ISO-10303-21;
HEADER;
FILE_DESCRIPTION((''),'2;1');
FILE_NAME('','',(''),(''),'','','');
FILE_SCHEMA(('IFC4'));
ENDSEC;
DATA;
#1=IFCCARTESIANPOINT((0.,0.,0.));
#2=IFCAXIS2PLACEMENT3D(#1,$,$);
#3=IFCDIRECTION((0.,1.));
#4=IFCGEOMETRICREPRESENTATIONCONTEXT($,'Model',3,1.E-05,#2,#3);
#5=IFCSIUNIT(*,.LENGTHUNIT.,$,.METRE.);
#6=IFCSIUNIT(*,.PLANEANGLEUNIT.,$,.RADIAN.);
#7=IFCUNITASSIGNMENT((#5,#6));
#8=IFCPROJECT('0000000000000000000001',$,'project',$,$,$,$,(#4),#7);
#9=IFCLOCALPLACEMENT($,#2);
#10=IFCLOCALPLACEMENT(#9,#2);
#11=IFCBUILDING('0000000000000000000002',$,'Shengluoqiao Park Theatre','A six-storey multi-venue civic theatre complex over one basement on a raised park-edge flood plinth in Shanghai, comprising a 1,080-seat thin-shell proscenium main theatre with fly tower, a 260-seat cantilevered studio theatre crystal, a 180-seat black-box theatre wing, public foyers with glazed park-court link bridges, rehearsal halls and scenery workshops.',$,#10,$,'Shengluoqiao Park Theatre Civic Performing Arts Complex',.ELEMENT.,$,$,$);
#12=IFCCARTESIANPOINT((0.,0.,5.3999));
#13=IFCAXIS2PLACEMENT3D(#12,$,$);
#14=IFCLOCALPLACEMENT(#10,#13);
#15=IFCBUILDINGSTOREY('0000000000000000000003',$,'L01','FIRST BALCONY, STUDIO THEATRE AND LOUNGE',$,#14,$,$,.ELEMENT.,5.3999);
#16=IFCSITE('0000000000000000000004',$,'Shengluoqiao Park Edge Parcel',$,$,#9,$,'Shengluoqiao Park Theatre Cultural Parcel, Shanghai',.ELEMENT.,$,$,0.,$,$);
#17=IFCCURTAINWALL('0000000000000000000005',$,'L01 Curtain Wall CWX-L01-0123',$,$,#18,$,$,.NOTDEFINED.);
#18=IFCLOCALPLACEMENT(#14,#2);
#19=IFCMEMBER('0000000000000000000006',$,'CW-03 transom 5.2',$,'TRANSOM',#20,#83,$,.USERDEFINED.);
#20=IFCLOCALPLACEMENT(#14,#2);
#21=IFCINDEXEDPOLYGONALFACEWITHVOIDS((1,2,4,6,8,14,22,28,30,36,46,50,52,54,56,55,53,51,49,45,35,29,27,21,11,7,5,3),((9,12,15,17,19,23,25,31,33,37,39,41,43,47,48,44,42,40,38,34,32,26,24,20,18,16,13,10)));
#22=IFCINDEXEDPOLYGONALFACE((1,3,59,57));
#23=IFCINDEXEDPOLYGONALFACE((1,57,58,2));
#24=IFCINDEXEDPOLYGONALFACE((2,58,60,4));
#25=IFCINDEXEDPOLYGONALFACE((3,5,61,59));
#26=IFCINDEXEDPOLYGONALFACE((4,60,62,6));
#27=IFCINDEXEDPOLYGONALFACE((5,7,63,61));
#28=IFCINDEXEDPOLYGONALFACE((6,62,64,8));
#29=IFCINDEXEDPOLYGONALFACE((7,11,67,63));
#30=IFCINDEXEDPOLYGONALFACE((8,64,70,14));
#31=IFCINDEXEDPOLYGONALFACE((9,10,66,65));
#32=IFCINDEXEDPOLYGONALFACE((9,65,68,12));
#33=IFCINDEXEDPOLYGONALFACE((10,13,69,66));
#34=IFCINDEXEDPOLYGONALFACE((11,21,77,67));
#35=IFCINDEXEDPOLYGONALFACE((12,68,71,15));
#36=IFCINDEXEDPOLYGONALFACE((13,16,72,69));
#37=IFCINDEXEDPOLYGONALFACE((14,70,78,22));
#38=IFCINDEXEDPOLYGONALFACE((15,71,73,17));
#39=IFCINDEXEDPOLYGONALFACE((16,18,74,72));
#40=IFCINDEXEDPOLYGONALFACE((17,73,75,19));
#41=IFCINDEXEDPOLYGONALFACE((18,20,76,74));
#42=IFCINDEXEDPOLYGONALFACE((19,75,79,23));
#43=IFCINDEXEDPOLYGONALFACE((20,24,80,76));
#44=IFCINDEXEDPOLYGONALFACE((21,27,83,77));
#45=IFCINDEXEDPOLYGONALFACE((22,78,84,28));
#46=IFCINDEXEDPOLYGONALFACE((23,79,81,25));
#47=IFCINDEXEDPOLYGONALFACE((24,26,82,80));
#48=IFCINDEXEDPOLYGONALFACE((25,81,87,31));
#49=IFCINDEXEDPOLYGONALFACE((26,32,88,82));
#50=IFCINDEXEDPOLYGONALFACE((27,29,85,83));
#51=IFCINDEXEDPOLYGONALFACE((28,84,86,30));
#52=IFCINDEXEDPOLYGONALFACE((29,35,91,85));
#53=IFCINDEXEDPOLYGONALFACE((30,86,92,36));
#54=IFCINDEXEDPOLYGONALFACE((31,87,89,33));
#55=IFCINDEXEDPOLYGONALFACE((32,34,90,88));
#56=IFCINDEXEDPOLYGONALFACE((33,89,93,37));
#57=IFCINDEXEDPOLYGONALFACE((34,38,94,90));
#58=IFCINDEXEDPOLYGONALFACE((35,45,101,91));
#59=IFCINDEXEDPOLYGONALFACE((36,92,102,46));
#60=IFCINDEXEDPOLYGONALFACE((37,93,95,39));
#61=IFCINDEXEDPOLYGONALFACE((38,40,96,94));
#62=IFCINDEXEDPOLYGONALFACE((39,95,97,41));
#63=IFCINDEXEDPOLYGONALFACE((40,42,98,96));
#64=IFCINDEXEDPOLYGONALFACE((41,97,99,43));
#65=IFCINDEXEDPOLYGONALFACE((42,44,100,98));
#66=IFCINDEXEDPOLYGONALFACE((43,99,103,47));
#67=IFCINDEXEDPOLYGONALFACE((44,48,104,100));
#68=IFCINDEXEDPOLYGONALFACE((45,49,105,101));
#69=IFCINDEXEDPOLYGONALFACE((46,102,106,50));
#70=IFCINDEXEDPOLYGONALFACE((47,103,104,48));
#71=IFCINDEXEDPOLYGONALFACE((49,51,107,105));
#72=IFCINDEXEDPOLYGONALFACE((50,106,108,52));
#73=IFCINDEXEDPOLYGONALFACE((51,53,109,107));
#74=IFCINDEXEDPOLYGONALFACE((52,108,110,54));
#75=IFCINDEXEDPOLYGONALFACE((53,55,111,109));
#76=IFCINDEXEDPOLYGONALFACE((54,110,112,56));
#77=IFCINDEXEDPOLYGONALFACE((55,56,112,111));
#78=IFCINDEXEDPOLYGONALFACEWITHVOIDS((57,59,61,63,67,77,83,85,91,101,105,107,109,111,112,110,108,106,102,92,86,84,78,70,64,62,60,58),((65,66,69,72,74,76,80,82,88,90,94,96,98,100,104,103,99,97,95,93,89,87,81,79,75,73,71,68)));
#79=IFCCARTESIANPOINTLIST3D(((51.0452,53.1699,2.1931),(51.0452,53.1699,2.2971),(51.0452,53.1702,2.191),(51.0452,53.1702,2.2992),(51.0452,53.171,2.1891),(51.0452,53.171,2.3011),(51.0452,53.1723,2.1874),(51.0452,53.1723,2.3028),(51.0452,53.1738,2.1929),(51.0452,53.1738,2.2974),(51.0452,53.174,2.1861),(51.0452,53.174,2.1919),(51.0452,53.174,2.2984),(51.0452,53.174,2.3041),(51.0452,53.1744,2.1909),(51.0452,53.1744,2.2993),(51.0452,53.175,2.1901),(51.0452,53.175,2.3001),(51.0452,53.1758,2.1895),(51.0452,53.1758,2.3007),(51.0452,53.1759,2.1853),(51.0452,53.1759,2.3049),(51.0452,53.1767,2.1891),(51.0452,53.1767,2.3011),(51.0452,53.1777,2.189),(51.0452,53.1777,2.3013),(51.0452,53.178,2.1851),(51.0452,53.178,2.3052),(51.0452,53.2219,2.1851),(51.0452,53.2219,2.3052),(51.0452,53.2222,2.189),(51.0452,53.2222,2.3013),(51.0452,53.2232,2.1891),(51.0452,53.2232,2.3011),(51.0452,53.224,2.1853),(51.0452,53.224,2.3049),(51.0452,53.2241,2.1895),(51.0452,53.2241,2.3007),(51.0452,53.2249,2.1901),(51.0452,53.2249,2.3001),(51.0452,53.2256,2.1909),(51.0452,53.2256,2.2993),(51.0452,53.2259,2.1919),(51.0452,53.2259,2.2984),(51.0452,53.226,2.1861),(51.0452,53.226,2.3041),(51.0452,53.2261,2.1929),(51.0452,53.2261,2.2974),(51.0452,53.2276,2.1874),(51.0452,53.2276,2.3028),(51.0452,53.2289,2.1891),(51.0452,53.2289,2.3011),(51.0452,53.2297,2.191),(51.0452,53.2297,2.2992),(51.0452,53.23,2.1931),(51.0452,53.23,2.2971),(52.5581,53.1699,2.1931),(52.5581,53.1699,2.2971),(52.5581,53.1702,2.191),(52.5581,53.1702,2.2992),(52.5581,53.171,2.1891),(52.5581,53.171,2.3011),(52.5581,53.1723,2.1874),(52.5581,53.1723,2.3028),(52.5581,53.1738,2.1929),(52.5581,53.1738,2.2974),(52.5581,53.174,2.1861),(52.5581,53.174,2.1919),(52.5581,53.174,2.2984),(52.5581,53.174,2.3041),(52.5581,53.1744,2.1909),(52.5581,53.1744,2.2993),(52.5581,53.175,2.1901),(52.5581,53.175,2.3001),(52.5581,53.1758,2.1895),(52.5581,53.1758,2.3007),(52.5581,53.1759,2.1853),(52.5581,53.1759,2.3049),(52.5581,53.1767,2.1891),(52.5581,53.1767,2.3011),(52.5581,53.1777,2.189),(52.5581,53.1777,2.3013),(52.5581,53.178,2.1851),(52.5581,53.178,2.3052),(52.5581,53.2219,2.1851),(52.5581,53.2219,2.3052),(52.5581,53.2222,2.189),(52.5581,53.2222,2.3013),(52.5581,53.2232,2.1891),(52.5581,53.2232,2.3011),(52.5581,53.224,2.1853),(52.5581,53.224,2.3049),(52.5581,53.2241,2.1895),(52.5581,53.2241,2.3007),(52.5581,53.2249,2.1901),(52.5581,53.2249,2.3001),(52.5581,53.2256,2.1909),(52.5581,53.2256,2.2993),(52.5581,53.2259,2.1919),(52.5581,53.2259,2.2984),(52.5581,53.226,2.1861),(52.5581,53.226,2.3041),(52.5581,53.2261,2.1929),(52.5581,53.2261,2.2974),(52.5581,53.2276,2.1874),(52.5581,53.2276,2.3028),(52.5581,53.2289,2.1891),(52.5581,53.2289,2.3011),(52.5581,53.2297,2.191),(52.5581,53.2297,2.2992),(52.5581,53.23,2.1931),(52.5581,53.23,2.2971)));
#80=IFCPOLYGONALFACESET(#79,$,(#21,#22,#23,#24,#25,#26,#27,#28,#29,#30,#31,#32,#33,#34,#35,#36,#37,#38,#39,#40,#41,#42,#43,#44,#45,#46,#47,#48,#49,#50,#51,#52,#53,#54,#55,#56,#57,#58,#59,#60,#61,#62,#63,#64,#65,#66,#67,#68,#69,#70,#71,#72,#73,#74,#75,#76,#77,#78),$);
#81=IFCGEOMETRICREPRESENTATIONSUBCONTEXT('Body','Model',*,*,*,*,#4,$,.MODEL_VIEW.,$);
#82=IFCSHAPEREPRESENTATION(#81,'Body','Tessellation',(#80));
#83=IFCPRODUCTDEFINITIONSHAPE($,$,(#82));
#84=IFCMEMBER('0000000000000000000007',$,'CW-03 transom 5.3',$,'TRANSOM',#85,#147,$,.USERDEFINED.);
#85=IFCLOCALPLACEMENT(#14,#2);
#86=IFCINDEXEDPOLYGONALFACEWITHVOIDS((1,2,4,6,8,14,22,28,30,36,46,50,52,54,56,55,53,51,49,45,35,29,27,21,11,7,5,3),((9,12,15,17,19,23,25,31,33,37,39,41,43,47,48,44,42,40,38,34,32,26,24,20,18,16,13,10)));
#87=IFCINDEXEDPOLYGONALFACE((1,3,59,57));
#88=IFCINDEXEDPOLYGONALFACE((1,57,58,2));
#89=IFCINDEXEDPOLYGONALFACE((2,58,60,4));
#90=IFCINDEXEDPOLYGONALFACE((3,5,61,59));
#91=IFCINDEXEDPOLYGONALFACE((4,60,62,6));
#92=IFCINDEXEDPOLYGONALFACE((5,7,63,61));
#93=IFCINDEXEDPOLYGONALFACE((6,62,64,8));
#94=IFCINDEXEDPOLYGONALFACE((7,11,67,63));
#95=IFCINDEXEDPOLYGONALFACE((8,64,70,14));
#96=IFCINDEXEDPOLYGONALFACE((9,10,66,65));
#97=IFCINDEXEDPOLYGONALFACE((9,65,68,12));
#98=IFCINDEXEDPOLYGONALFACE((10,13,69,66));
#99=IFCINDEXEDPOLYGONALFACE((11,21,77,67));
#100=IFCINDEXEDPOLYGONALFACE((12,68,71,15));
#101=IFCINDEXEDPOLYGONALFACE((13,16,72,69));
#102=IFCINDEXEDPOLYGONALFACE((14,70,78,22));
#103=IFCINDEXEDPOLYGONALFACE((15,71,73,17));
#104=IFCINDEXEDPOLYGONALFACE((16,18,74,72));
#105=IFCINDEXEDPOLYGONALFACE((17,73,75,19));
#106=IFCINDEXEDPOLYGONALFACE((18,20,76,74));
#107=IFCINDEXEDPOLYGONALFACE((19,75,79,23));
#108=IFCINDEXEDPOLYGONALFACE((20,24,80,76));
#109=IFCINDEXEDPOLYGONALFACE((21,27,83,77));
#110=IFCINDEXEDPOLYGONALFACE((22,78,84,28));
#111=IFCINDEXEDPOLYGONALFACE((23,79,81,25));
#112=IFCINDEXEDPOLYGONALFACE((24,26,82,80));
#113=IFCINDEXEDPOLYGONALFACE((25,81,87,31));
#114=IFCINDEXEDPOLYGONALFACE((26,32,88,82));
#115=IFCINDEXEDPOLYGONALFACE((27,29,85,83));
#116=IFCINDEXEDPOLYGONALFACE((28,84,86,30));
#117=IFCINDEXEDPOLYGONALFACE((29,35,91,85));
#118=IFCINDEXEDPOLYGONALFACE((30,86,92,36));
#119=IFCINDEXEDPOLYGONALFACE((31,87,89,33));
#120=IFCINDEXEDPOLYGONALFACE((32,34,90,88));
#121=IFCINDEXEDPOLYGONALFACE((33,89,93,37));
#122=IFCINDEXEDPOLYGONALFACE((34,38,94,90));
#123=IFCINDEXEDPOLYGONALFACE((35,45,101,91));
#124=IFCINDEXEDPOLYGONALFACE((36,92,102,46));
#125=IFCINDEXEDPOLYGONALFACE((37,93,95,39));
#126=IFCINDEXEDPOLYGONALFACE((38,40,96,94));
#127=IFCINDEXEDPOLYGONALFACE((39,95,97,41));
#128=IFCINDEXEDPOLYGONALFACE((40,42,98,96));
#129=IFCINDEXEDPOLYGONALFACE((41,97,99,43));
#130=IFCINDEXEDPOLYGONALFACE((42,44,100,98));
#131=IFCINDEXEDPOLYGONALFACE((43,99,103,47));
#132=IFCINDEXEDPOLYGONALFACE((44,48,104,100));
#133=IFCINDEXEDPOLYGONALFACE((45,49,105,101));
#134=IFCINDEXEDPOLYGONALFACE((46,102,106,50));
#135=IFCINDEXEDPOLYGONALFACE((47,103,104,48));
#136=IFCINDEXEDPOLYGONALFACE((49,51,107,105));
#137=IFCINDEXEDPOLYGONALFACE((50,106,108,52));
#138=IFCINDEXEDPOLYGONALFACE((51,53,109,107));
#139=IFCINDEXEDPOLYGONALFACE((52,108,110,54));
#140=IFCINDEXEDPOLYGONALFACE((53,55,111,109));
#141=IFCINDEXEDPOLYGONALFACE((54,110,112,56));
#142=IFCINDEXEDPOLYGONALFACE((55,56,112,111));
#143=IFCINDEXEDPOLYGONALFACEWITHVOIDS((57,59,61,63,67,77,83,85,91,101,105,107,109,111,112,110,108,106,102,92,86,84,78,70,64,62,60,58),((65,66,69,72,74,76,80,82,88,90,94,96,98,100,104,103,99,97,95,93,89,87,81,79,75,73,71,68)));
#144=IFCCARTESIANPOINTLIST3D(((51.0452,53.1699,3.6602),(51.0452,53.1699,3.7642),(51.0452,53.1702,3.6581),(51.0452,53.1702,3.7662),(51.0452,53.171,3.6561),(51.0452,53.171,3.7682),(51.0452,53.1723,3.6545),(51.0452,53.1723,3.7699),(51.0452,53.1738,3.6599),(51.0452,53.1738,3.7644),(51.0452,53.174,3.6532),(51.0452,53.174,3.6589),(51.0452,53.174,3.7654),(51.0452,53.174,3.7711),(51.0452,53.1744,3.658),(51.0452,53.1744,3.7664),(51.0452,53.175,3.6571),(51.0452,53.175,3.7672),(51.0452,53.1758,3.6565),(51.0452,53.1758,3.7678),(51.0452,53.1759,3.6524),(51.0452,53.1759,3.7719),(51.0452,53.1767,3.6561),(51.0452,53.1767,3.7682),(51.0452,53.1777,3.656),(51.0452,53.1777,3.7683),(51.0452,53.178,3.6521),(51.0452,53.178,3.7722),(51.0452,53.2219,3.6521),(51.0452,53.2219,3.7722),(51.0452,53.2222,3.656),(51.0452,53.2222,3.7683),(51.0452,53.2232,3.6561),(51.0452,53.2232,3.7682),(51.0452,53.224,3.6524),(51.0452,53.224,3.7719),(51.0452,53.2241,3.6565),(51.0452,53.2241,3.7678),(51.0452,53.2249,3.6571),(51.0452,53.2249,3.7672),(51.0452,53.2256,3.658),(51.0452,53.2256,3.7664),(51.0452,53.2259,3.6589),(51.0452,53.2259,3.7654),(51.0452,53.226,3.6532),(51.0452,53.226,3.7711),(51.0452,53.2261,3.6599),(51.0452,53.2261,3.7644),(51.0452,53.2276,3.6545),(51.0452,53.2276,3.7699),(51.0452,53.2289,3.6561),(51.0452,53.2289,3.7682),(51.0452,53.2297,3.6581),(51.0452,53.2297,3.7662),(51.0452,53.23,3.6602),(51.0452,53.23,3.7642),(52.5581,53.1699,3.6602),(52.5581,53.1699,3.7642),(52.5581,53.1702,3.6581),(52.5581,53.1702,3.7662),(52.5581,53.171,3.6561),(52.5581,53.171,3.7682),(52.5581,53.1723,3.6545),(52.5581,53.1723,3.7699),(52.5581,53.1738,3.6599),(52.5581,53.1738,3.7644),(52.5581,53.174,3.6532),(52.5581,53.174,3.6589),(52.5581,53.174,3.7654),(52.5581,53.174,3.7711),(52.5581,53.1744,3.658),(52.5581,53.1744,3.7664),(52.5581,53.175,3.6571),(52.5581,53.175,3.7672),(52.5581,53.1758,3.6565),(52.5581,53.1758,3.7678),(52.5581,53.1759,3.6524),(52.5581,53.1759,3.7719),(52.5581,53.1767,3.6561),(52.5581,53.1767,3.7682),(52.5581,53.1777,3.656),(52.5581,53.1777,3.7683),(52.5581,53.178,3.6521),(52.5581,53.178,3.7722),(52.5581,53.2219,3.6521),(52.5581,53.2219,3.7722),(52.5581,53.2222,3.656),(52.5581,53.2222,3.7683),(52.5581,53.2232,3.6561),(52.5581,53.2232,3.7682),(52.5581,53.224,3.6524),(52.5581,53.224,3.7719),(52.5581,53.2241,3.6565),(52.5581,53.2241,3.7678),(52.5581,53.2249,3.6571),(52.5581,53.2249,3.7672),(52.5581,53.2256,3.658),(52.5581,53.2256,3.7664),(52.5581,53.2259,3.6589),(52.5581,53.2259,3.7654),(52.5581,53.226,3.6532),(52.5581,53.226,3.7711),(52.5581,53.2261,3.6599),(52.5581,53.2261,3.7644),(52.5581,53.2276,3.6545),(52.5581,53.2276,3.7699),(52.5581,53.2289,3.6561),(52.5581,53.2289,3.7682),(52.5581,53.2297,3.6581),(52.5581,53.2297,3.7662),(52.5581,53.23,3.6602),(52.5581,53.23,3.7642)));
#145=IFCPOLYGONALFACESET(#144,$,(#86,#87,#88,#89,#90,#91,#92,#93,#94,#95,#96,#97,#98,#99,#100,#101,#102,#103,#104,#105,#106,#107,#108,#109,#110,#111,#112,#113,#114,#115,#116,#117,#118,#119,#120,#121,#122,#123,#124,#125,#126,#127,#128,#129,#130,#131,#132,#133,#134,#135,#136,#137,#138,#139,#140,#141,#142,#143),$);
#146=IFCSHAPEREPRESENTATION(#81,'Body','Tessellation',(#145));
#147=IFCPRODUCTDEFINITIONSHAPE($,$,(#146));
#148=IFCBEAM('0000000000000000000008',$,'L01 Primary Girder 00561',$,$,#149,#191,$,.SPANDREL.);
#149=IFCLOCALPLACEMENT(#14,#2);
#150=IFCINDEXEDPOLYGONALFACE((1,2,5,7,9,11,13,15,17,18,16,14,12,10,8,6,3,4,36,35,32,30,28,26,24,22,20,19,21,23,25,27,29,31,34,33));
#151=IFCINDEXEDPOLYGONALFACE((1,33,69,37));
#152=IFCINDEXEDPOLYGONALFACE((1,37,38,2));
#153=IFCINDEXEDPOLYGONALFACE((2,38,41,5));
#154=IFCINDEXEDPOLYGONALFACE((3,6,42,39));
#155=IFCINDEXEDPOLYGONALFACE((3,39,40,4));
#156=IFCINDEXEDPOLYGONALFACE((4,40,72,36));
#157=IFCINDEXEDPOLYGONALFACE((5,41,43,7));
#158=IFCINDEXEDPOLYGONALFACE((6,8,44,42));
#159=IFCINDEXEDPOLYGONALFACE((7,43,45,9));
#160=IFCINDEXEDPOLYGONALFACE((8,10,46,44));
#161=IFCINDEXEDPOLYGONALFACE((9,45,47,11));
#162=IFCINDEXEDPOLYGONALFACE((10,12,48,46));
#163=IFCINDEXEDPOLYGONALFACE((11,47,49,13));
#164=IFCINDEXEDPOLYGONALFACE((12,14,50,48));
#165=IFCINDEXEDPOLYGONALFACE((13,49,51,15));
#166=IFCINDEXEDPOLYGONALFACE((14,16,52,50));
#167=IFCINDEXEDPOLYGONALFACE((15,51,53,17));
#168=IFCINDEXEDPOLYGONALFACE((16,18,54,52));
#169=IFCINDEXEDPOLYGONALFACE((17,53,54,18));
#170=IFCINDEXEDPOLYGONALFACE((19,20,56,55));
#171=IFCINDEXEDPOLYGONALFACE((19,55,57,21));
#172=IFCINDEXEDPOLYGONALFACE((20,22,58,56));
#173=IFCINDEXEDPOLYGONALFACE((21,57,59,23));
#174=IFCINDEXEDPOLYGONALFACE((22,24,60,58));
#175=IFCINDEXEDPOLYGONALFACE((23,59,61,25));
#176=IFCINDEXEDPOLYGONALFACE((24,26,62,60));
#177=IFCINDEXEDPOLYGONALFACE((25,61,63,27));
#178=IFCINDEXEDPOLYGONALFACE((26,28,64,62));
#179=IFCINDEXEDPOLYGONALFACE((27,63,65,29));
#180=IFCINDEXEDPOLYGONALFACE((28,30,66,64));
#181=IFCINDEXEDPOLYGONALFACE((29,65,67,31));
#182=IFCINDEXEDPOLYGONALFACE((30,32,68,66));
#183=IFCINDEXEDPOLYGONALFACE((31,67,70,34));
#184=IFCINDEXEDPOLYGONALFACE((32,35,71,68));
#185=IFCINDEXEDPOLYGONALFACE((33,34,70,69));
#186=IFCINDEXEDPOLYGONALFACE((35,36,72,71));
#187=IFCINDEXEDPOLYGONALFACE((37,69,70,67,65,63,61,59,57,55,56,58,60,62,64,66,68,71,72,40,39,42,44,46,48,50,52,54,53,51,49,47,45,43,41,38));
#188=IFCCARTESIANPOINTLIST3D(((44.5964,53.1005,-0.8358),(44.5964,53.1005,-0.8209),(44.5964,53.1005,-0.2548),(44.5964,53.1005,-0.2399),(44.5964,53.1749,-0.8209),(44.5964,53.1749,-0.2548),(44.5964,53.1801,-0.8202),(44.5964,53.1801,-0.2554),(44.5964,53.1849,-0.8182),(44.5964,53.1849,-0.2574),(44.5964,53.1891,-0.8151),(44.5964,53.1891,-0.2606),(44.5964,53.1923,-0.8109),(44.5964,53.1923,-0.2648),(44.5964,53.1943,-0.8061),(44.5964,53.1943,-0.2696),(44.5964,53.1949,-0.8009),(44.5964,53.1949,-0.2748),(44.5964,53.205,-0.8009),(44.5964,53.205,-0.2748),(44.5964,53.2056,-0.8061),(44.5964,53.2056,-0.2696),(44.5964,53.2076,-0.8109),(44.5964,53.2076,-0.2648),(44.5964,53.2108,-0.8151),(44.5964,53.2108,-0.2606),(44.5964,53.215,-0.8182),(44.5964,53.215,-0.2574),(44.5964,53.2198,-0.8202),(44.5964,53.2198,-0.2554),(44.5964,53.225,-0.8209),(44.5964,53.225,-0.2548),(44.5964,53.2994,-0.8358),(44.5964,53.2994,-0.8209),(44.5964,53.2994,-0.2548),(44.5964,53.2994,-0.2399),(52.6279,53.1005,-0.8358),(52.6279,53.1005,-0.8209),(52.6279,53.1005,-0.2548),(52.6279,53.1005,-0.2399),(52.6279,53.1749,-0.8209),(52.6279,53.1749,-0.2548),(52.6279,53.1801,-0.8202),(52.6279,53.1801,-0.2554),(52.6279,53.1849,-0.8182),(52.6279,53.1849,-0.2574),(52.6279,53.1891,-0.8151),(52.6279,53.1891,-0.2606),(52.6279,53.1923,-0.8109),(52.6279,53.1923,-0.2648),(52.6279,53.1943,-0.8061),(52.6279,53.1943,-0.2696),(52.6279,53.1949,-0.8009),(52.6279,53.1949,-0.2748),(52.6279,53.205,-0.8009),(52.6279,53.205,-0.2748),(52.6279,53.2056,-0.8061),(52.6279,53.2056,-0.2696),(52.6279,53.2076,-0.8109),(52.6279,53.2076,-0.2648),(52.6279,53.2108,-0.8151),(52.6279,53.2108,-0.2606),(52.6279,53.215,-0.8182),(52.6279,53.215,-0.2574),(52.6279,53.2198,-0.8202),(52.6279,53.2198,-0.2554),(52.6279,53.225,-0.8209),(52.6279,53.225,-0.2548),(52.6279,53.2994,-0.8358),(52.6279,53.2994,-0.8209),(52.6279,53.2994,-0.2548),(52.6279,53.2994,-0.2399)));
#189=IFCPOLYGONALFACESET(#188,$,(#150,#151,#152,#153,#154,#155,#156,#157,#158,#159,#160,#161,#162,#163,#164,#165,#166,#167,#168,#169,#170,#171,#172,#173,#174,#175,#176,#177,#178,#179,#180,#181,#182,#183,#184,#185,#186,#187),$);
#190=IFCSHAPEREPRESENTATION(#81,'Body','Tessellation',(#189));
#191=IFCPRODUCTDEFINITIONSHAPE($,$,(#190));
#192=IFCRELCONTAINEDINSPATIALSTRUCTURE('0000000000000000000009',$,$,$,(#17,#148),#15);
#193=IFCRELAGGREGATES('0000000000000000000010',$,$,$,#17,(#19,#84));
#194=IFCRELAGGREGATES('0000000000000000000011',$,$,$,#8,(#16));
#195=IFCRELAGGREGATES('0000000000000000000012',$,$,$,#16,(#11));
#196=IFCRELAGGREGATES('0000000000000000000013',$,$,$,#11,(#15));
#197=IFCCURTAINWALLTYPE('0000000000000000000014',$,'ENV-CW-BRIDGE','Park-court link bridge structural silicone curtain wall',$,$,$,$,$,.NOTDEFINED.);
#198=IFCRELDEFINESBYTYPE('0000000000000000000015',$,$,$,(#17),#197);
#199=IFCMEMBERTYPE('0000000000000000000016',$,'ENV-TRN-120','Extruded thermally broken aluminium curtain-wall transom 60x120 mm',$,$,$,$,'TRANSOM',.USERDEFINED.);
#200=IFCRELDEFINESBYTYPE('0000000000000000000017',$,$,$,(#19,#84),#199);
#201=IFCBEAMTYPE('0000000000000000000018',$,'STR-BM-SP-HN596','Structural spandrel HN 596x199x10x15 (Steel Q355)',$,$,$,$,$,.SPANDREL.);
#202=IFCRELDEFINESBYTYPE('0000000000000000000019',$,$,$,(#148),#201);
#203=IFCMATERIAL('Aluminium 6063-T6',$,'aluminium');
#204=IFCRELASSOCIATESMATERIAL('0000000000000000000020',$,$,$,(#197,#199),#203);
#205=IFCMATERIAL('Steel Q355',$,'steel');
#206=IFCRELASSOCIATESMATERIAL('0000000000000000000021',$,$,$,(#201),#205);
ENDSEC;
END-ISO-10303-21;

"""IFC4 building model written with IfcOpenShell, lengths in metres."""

from ifc_helpers import new_model, si_unit, direction, frame, origin, origin_2d, place, context, subcontext, project, spatial, hollow_rectangle, i_section, extrude, material, material_profile, profile_set, type_object, element, aggregate, save


model = new_model("IFC4")

# Units and contexts
model_context = context("Model", 3, precision=1e-05, world=origin(), true_north=direction((0.0, 1.0)))
body_context = subcontext(model_context, "Body", "Model", "MODEL_VIEW")
ifc_project = project(units=[si_unit("LENGTHUNIT", "METRE"), si_unit("PLANEANGLEUNIT", "RADIAN")], contexts=[model_context])

# Site, building, storey
site_placement = place(None, origin())
site = spatial("IfcSite", under=ifc_project, at=site_placement, Name="Shengluoqiao Park Edge Parcel", LongName="Shengluoqiao Park Theatre Cultural Parcel, Shanghai", CompositionType="ELEMENT", RefElevation=0.0)
building_placement = place(site_placement, origin())
building = spatial("IfcBuilding", under=site, at=building_placement, Name="Shengluoqiao Park Theatre", Description="A six-storey multi-venue civic theatre complex over one basement on a raised park-edge flood plinth in Shanghai, comprising a 1,080-seat thin-shell proscenium main theatre with fly tower, a 260-seat cantilevered studio theatre crystal, a 180-seat black-box theatre wing, public foyers with glazed park-court link bridges, rehearsal halls and scenery workshops.", LongName="Shengluoqiao Park Theatre Civic Performing Arts Complex", CompositionType="ELEMENT")
storey_placement = place(building_placement, frame((0.0, 0.0, 5.3999)))
storey = spatial("IfcBuildingStorey", under=building, at=storey_placement, Name="L01", Description="FIRST BALCONY, STUDIO THEATRE AND LOUNGE", CompositionType="ELEMENT", Elevation=5.3999)

# Shared definitions
ifc_material_1 = material(Name="Steel Q355", Category="steel")

# Curtain wall, members
ifc_material_2 = material(Name="Aluminium 6063-T6", Category="aluminium")
curtain_wall_type = type_object("IfcCurtainWallType", Name="ENV-CW-BRIDGE", Description="Park-court link bridge structural silicone curtain wall", PredefinedType="NOTDEFINED", material=ifc_material_2)
curtain_wall_placement = place(storey_placement, origin())
curtain_wall = element("IfcCurtainWall", 1, at=curtain_wall_placement, inside=storey, type_object=curtain_wall_type, Name="L01 Curtain Wall CWX-L01-0123", PredefinedType="NOTDEFINED")
ifc_material_profile_1 = material_profile(ifc_material_2, hollow_rectangle(XDim=0.0601, YDim=0.1201, WallThickness=0.0039, InnerFilletRadius=0.0039, OuterFilletRadius=0.0081, at=origin_2d()), Name="ALU TRANSOM 120x60x4")
ifc_profile_set_1 = profile_set([ifc_material_profile_1], Name="Aluminium 6063-T6")
member_type_1 = type_object("IfcMemberType", Name="ENV-TRN-120", Description="Extruded thermally broken aluminium curtain-wall transom 60x120 mm", ElementType="TRANSOM", PredefinedType="USERDEFINED", material=ifc_profile_set_1)
member_1_placement = place(storey_placement, frame((51.0452, 53.2, 2.2451), z_axis=(1.0, 0.0, 0.0), x_axis=(0.0, 1.0, 0.0)))
member_1 = element("IfcMember", 2, at=member_1_placement, type_object=member_type_1, Name="CW-03 transom 5.2", ObjectType="TRANSOM", PredefinedType="USERDEFINED", context=body_context, shape_type="SweptSolid", body=[
    extrude(hollow_rectangle(XDim=0.0601, YDim=0.1201, WallThickness=0.0039, InnerFilletRadius=0.0039, OuterFilletRadius=0.0081, at=origin_2d()), origin(), (0.0, 0.0, 1.0), 1.5129),
])
member_2_placement = place(storey_placement, frame((51.0452, 53.2, 3.7122), z_axis=(1.0, 0.0, 0.0), x_axis=(0.0, 1.0, 0.0)))
member_2 = element("IfcMember", 3, at=member_2_placement, type_object=member_type_1, Name="CW-03 transom 5.3", ObjectType="TRANSOM", PredefinedType="USERDEFINED", context=body_context, shape_type="SweptSolid", body=[
    extrude(hollow_rectangle(XDim=0.0601, YDim=0.1201, WallThickness=0.0039, InnerFilletRadius=0.0039, OuterFilletRadius=0.0081, at=origin_2d()), origin(), (0.0, 0.0, 1.0), 1.5129),
])

# Beam
ifc_material_profile_2 = material_profile(ifc_material_1, i_section(OverallWidth=0.199, OverallDepth=0.5959, WebThickness=0.01, FlangeThickness=0.0149, FilletRadius=0.02, at=origin_2d()), Name="HN 596x199x10x15")
ifc_profile_set_2 = profile_set([ifc_material_profile_2], Name="Steel Q355")
beam_type = type_object("IfcBeamType", Name="STR-BM-SP-HN596", Description="Structural spandrel HN 596x199x10x15 (Steel Q355)", PredefinedType="SPANDREL", material=ifc_profile_set_2)
beam_placement = place(storey_placement, frame((44.5964, 53.2, -0.5378), z_axis=(1.0, 0.0, 0.0), x_axis=(0.0, 1.0, 0.0)))
element("IfcBeam", 4, at=beam_placement, inside=storey, type_object=beam_type, Name="L01 Primary Girder 00561", PredefinedType="SPANDREL", context=body_context, shape_type="SweptSolid", body=[
    extrude(i_section(OverallWidth=0.199, OverallDepth=0.5959, WebThickness=0.01, FlangeThickness=0.0149, FilletRadius=0.02, at=origin_2d()), origin(), (0.0, 0.0, 1.0), 8.0315),
])

aggregate(curtain_wall, [member_1, member_2])

save(model, "model.ifc")
